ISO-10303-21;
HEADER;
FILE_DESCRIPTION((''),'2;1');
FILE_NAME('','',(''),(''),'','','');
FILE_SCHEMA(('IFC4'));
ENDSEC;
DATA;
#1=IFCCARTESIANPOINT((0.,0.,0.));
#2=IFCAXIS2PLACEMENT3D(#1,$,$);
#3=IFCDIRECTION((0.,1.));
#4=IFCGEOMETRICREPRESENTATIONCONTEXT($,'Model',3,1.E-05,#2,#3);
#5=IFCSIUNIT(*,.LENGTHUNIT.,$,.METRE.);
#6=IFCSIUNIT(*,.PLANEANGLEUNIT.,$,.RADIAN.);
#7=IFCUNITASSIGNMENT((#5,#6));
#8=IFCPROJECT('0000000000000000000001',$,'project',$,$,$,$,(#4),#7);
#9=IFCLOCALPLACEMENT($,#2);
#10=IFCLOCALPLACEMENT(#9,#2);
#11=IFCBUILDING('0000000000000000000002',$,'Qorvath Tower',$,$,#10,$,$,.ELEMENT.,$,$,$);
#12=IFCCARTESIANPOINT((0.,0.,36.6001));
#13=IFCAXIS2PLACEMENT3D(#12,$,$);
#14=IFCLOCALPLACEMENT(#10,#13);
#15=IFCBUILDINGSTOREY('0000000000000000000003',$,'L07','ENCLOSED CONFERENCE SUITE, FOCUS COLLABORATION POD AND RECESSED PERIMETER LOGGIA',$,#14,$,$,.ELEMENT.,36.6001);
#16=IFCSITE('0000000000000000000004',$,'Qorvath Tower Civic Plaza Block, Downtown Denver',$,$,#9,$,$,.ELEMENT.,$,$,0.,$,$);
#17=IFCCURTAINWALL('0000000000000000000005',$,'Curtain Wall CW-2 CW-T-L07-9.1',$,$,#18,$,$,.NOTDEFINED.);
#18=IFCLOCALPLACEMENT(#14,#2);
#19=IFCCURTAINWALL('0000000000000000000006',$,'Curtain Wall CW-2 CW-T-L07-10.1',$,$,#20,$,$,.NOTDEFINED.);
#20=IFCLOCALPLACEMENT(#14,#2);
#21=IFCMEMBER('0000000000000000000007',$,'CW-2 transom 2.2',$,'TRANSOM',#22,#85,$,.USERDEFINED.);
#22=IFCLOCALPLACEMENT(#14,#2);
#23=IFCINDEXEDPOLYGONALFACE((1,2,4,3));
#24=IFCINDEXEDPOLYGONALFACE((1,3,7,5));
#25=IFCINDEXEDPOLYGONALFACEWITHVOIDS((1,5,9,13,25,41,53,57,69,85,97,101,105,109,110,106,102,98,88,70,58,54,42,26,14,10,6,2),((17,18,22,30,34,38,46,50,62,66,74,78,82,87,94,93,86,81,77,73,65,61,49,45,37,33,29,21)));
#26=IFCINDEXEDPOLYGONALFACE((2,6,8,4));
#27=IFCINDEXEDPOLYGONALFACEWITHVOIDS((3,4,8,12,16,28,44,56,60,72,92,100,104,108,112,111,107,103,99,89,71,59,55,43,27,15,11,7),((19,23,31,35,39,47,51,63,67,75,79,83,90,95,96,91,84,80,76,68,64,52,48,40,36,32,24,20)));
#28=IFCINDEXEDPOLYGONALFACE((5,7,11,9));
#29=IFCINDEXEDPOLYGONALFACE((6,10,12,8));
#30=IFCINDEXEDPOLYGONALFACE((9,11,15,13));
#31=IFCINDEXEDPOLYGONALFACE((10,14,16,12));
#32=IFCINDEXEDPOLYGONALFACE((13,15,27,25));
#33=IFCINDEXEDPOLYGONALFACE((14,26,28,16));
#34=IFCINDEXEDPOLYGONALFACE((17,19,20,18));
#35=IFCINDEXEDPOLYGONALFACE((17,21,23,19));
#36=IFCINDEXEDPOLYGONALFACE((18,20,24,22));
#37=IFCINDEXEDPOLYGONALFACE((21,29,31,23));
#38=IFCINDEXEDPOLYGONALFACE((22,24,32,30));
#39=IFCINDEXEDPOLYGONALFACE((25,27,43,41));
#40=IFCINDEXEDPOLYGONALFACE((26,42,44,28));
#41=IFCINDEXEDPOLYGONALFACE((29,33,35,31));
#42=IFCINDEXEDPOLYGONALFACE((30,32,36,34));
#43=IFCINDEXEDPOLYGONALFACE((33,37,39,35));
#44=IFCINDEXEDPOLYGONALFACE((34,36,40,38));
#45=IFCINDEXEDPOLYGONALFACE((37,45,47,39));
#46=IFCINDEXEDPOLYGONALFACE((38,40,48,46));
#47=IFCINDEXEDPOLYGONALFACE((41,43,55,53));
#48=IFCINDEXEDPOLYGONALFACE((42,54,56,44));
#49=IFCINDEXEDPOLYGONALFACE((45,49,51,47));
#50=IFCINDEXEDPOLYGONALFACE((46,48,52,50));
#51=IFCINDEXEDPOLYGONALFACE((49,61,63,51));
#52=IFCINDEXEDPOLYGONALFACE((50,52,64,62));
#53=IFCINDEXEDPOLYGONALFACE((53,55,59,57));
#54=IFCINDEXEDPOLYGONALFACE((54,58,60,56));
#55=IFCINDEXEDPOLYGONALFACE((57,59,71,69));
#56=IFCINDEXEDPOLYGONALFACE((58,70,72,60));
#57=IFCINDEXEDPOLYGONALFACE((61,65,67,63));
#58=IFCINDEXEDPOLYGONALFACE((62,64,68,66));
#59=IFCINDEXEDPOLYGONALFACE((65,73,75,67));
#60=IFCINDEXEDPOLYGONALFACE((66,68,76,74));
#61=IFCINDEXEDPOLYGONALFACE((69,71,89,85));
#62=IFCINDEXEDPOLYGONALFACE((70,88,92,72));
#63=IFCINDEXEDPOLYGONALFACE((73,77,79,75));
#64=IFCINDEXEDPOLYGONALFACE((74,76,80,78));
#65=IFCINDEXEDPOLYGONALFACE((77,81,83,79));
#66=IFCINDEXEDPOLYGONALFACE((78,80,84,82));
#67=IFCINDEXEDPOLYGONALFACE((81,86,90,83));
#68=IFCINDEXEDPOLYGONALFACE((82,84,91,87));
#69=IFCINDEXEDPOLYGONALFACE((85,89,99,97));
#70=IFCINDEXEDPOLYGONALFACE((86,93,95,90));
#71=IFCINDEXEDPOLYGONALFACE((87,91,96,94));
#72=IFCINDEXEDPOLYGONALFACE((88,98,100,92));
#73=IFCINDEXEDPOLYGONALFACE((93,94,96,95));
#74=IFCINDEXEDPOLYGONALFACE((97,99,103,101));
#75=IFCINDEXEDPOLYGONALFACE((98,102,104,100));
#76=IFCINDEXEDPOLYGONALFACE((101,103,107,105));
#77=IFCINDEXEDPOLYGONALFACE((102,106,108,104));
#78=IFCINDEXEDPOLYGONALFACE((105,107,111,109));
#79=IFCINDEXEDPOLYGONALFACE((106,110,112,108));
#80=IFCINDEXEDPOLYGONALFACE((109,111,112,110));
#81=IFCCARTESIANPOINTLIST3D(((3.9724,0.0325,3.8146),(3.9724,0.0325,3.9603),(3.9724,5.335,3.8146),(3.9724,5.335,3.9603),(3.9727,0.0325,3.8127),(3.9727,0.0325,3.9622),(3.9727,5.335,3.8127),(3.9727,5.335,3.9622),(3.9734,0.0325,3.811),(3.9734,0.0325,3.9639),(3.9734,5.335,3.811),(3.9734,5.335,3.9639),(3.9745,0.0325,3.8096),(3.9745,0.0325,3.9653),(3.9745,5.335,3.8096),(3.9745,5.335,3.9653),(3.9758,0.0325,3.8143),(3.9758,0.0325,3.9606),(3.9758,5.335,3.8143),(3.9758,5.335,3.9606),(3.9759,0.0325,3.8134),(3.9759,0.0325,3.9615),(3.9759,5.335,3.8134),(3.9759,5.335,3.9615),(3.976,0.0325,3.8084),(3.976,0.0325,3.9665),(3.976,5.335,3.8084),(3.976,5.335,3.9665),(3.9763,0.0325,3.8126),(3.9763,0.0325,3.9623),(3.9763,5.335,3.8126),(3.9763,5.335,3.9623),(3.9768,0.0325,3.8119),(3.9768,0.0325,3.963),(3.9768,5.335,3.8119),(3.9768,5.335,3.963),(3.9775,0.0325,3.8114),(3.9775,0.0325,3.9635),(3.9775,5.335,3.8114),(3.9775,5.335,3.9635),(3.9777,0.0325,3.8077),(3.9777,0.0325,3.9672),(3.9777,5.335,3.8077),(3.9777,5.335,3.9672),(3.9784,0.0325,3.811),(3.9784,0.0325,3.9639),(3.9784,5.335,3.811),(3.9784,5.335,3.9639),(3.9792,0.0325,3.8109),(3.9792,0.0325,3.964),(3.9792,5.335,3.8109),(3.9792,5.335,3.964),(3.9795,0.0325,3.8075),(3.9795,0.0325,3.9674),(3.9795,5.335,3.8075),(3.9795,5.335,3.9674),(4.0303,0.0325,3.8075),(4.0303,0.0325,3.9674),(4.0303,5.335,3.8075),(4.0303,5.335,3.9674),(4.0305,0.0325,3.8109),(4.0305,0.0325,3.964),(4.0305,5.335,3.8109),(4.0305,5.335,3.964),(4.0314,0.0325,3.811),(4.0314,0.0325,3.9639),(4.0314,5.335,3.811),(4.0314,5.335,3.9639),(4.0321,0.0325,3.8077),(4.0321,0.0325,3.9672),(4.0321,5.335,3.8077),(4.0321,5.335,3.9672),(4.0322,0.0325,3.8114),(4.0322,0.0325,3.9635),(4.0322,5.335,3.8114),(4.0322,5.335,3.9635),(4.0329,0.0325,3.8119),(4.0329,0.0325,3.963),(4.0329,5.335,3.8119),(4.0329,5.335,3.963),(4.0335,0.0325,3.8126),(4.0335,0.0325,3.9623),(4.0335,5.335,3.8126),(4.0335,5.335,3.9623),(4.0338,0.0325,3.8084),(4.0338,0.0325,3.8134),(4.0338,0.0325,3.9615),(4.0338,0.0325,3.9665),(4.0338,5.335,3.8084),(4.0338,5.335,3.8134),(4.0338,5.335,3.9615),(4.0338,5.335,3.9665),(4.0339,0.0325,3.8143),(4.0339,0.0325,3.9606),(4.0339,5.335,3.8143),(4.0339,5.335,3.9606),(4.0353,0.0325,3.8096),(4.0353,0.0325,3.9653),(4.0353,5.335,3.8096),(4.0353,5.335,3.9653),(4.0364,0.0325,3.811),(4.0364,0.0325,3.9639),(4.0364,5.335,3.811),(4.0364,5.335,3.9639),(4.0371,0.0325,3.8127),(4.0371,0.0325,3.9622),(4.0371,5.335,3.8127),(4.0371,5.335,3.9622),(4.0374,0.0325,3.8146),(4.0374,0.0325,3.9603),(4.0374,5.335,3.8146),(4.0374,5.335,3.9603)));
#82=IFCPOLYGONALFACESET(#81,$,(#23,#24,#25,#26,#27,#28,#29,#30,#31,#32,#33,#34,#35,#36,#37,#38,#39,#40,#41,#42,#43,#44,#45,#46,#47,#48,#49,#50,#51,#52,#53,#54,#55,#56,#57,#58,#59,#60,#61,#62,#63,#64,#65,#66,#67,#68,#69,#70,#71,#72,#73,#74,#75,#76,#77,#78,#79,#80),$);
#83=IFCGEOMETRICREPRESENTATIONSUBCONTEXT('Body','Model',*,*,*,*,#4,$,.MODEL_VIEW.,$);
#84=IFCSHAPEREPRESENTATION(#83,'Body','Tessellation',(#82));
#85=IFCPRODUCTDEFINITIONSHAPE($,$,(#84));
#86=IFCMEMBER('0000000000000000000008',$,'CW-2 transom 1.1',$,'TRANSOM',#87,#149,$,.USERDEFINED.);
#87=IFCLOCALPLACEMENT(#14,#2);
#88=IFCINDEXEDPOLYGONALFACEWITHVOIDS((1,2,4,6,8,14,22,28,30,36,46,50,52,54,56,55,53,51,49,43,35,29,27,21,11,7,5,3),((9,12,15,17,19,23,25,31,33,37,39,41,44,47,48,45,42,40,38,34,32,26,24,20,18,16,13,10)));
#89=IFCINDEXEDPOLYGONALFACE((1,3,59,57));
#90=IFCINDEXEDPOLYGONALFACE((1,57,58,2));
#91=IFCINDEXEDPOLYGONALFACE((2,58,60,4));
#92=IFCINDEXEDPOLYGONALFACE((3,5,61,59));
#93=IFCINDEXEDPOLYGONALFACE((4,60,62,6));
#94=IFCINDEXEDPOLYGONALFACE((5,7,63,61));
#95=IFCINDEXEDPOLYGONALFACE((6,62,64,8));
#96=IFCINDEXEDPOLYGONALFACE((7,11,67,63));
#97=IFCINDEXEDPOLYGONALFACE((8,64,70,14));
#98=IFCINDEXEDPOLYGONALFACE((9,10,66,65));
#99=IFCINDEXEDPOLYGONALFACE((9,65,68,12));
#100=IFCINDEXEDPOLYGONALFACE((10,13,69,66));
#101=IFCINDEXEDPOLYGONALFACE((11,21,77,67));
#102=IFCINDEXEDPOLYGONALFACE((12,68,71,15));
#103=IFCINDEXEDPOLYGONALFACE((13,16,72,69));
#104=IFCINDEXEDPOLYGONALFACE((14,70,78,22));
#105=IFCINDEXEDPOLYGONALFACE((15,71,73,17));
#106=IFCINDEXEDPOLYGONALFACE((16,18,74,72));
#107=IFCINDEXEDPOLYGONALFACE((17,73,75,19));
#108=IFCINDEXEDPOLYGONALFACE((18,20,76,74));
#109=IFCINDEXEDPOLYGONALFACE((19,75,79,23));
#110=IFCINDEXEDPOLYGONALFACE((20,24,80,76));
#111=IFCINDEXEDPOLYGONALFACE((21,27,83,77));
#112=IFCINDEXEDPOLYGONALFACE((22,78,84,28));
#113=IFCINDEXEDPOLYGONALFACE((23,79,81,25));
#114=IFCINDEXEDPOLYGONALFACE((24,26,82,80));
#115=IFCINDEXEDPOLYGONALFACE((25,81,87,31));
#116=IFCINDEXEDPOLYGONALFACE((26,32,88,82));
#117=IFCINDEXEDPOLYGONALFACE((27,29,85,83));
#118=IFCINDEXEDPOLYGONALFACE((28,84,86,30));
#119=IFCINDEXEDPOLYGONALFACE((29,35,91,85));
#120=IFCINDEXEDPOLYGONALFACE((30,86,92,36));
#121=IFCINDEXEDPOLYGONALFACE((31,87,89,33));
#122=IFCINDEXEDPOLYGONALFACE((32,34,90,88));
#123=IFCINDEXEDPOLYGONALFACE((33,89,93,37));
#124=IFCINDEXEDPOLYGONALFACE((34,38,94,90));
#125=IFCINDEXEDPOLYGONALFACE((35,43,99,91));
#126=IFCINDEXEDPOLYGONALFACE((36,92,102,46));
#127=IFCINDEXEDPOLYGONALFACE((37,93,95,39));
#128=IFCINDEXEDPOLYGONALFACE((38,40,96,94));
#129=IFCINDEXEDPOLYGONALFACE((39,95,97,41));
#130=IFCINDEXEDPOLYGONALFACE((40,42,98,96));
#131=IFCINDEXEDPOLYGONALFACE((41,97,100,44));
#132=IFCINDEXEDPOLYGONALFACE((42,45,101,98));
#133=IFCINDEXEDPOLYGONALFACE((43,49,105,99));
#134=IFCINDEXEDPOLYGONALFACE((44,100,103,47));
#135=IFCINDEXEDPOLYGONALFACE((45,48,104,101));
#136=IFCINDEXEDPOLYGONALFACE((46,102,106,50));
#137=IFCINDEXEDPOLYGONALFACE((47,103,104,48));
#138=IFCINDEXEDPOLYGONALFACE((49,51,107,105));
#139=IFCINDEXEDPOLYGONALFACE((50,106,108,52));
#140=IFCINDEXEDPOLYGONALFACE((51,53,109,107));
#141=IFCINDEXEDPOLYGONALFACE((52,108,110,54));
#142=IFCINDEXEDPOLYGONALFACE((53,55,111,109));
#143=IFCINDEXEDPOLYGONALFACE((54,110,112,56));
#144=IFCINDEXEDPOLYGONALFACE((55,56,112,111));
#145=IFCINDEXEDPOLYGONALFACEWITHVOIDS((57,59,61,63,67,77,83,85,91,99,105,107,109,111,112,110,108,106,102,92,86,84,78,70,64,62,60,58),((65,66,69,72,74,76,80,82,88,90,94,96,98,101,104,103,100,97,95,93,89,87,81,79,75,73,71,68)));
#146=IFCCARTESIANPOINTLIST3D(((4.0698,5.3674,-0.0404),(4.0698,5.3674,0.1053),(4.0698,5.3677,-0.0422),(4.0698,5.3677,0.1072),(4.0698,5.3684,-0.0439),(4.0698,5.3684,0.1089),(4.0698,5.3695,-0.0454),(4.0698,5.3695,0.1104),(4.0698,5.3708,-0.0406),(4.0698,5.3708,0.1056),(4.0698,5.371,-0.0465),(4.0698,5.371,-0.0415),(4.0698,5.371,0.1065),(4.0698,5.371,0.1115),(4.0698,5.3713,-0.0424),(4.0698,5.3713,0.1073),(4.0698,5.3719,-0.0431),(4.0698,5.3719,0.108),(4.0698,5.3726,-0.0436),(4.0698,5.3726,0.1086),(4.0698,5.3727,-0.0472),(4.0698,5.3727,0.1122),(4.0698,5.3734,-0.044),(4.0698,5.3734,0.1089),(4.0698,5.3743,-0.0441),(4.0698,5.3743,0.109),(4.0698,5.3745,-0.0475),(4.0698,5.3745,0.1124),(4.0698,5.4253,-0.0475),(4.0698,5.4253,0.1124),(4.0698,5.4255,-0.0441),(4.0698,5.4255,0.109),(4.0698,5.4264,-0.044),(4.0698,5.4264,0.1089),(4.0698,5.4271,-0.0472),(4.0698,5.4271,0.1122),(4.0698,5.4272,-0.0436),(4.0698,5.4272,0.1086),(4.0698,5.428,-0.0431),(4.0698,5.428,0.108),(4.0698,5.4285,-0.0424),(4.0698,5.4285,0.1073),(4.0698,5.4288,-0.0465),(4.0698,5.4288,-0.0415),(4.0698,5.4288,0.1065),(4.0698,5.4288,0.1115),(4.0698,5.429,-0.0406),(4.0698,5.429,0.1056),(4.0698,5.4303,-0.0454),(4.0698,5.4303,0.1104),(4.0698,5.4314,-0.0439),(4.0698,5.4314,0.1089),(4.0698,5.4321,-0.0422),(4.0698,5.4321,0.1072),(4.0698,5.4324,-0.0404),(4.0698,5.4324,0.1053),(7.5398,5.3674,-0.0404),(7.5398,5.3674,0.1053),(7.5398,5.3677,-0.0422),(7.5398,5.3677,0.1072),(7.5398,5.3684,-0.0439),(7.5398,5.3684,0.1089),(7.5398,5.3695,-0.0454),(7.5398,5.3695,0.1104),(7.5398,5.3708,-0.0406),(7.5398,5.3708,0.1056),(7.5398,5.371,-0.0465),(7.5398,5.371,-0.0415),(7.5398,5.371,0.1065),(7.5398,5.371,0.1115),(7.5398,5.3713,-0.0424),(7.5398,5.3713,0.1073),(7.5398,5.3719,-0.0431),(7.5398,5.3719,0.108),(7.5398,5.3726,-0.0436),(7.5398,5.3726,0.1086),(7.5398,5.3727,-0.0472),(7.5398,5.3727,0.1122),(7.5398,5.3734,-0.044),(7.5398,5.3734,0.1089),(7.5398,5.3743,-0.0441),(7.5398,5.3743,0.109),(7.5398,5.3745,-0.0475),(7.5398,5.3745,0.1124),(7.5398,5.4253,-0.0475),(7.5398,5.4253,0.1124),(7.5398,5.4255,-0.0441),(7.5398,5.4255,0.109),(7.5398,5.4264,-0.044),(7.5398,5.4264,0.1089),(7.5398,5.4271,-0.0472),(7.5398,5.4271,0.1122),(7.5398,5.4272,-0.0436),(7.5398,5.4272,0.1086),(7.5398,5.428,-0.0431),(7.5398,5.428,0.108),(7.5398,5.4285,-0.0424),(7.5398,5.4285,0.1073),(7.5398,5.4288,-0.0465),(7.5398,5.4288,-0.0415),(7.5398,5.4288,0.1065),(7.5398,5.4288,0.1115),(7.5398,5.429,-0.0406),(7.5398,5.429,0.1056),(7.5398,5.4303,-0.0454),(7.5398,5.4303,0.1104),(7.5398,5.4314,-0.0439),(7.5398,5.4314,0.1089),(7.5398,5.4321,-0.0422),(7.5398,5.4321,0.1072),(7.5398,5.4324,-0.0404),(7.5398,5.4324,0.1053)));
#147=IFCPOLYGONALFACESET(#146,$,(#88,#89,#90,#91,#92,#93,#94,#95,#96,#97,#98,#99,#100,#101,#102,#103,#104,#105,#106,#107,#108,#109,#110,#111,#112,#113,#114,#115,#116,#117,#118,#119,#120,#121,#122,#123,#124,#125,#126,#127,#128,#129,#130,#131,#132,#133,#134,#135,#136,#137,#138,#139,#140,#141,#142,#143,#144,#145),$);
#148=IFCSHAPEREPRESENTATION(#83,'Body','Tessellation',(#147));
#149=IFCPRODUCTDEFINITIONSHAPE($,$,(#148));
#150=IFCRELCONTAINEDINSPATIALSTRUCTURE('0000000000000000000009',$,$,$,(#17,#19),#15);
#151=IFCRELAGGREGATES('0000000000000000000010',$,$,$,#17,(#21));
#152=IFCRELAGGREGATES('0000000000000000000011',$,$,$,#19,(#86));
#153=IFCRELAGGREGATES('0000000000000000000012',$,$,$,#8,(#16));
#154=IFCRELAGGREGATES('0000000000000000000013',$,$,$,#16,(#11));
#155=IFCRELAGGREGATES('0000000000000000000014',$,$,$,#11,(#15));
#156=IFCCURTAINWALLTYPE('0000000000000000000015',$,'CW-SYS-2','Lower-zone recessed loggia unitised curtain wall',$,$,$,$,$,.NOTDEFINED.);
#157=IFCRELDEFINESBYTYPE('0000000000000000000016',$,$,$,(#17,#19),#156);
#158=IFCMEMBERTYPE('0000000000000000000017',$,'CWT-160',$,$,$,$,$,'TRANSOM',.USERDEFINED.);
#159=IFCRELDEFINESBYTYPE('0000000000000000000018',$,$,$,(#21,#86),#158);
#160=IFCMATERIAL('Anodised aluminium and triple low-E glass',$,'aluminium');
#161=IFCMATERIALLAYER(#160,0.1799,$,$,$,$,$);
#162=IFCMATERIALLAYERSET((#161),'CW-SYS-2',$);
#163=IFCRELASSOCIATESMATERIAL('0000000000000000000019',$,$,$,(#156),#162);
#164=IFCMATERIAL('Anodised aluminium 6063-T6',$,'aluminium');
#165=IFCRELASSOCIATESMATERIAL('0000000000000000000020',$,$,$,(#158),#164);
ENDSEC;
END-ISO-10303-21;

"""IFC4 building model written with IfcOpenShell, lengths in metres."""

from ifc_helpers import new_model, si_unit, direction, frame, origin, origin_2d, place, context, subcontext, project, spatial, hollow_rectangle, extrude, material, layer, layer_set, material_profile, profile_set, type_object, element, aggregate, save


model = new_model("IFC4")

# Units and contexts
model_context = context("Model", 3, precision=1e-05, world=origin(), true_north=direction((0.0, 1.0)))
body_context = subcontext(model_context, "Body", "Model", "MODEL_VIEW")
ifc_project = project(units=[si_unit("LENGTHUNIT", "METRE"), si_unit("PLANEANGLEUNIT", "RADIAN")], contexts=[model_context])

# Site, building, storey
site_placement = place(None, origin())
site = spatial("IfcSite", under=ifc_project, at=site_placement, Name="Qorvath Tower Civic Plaza Block, Downtown Denver", CompositionType="ELEMENT", RefElevation=0.0)
building_placement = place(site_placement, origin())
building = spatial("IfcBuilding", under=site, at=building_placement, Name="Qorvath Tower", CompositionType="ELEMENT")
storey_placement = place(building_placement, frame((0.0, 0.0, 36.6001)))
storey = spatial("IfcBuildingStorey", under=building, at=storey_placement, Name="L07", Description="ENCLOSED CONFERENCE SUITE, FOCUS COLLABORATION POD AND RECESSED PERIMETER LOGGIA", CompositionType="ELEMENT", Elevation=36.6001)

# Curtain walls
ifc_material_1 = material(Name="Anodised aluminium and triple low-E glass", Category="aluminium")
ifc_layer_1 = layer(ifc_material_1, 0.1799)
ifc_layer_set_1 = layer_set([ifc_layer_1], Name="CW-SYS-2")
curtain_wall_type = type_object("IfcCurtainWallType", Name="CW-SYS-2", Description="Lower-zone recessed loggia unitised curtain wall", PredefinedType="NOTDEFINED", material=ifc_layer_set_1)
curtain_wall_1_placement = place(storey_placement, origin())
curtain_wall_1 = element("IfcCurtainWall", 1, at=curtain_wall_1_placement, inside=storey, type_object=curtain_wall_type, Name="Curtain Wall CW-2 CW-T-L07-9.1", PredefinedType="NOTDEFINED")
curtain_wall_2_placement = place(storey_placement, origin())
curtain_wall_2 = element("IfcCurtainWall", 2, at=curtain_wall_2_placement, inside=storey, type_object=curtain_wall_type, Name="Curtain Wall CW-2 CW-T-L07-10.1", PredefinedType="NOTDEFINED")

# Members
ifc_material_2 = material(Name="Anodised aluminium 6063-T6", Category="aluminium")
ifc_material_profile_1 = material_profile(ifc_material_2, hollow_rectangle(XDim=0.0649, YDim=0.1599, WallThickness=0.0034, InnerFilletRadius=0.0034, OuterFilletRadius=0.0071, at=origin_2d()), Name="CWT 160x65")
ifc_profile_set_1 = profile_set([ifc_material_profile_1], Name="Anodised aluminium 6063-T6")
member_type_1 = type_object("IfcMemberType", Name="CWT-160", ElementType="TRANSOM", PredefinedType="USERDEFINED", material=ifc_profile_set_1)
member_1_placement = place(storey_placement, frame((4.0049, 0.0325, 3.8875), z_axis=(0.0, 1.0, 0.0), x_axis=(-1.0, 0.0, 0.0)))
member_1 = element("IfcMember", 3, at=member_1_placement, type_object=member_type_1, Name="CW-2 transom 2.2", ObjectType="TRANSOM", PredefinedType="USERDEFINED", context=body_context, shape_type="SweptSolid", body=[
    extrude(hollow_rectangle(XDim=0.0649, YDim=0.1599, WallThickness=0.0034, InnerFilletRadius=0.0034, OuterFilletRadius=0.0071, at=origin_2d()), origin(), (0.0, 0.0, 1.0), 5.3025),
])
member_2_placement = place(storey_placement, frame((4.0698, 5.3999, 0.0325), z_axis=(1.0, 0.0, 0.0), x_axis=(0.0, 1.0, 0.0)))
member_2 = element("IfcMember", 4, at=member_2_placement, type_object=member_type_1, Name="CW-2 transom 1.1", ObjectType="TRANSOM", PredefinedType="USERDEFINED", context=body_context, shape_type="SweptSolid", body=[
    extrude(hollow_rectangle(XDim=0.0649, YDim=0.1599, WallThickness=0.0034, InnerFilletRadius=0.0034, OuterFilletRadius=0.0071, at=origin_2d()), origin(), (0.0, 0.0, 1.0), 3.47),
])

aggregate(curtain_wall_1, [member_1])
aggregate(curtain_wall_2, [member_2])

save(model, "model.ifc")
